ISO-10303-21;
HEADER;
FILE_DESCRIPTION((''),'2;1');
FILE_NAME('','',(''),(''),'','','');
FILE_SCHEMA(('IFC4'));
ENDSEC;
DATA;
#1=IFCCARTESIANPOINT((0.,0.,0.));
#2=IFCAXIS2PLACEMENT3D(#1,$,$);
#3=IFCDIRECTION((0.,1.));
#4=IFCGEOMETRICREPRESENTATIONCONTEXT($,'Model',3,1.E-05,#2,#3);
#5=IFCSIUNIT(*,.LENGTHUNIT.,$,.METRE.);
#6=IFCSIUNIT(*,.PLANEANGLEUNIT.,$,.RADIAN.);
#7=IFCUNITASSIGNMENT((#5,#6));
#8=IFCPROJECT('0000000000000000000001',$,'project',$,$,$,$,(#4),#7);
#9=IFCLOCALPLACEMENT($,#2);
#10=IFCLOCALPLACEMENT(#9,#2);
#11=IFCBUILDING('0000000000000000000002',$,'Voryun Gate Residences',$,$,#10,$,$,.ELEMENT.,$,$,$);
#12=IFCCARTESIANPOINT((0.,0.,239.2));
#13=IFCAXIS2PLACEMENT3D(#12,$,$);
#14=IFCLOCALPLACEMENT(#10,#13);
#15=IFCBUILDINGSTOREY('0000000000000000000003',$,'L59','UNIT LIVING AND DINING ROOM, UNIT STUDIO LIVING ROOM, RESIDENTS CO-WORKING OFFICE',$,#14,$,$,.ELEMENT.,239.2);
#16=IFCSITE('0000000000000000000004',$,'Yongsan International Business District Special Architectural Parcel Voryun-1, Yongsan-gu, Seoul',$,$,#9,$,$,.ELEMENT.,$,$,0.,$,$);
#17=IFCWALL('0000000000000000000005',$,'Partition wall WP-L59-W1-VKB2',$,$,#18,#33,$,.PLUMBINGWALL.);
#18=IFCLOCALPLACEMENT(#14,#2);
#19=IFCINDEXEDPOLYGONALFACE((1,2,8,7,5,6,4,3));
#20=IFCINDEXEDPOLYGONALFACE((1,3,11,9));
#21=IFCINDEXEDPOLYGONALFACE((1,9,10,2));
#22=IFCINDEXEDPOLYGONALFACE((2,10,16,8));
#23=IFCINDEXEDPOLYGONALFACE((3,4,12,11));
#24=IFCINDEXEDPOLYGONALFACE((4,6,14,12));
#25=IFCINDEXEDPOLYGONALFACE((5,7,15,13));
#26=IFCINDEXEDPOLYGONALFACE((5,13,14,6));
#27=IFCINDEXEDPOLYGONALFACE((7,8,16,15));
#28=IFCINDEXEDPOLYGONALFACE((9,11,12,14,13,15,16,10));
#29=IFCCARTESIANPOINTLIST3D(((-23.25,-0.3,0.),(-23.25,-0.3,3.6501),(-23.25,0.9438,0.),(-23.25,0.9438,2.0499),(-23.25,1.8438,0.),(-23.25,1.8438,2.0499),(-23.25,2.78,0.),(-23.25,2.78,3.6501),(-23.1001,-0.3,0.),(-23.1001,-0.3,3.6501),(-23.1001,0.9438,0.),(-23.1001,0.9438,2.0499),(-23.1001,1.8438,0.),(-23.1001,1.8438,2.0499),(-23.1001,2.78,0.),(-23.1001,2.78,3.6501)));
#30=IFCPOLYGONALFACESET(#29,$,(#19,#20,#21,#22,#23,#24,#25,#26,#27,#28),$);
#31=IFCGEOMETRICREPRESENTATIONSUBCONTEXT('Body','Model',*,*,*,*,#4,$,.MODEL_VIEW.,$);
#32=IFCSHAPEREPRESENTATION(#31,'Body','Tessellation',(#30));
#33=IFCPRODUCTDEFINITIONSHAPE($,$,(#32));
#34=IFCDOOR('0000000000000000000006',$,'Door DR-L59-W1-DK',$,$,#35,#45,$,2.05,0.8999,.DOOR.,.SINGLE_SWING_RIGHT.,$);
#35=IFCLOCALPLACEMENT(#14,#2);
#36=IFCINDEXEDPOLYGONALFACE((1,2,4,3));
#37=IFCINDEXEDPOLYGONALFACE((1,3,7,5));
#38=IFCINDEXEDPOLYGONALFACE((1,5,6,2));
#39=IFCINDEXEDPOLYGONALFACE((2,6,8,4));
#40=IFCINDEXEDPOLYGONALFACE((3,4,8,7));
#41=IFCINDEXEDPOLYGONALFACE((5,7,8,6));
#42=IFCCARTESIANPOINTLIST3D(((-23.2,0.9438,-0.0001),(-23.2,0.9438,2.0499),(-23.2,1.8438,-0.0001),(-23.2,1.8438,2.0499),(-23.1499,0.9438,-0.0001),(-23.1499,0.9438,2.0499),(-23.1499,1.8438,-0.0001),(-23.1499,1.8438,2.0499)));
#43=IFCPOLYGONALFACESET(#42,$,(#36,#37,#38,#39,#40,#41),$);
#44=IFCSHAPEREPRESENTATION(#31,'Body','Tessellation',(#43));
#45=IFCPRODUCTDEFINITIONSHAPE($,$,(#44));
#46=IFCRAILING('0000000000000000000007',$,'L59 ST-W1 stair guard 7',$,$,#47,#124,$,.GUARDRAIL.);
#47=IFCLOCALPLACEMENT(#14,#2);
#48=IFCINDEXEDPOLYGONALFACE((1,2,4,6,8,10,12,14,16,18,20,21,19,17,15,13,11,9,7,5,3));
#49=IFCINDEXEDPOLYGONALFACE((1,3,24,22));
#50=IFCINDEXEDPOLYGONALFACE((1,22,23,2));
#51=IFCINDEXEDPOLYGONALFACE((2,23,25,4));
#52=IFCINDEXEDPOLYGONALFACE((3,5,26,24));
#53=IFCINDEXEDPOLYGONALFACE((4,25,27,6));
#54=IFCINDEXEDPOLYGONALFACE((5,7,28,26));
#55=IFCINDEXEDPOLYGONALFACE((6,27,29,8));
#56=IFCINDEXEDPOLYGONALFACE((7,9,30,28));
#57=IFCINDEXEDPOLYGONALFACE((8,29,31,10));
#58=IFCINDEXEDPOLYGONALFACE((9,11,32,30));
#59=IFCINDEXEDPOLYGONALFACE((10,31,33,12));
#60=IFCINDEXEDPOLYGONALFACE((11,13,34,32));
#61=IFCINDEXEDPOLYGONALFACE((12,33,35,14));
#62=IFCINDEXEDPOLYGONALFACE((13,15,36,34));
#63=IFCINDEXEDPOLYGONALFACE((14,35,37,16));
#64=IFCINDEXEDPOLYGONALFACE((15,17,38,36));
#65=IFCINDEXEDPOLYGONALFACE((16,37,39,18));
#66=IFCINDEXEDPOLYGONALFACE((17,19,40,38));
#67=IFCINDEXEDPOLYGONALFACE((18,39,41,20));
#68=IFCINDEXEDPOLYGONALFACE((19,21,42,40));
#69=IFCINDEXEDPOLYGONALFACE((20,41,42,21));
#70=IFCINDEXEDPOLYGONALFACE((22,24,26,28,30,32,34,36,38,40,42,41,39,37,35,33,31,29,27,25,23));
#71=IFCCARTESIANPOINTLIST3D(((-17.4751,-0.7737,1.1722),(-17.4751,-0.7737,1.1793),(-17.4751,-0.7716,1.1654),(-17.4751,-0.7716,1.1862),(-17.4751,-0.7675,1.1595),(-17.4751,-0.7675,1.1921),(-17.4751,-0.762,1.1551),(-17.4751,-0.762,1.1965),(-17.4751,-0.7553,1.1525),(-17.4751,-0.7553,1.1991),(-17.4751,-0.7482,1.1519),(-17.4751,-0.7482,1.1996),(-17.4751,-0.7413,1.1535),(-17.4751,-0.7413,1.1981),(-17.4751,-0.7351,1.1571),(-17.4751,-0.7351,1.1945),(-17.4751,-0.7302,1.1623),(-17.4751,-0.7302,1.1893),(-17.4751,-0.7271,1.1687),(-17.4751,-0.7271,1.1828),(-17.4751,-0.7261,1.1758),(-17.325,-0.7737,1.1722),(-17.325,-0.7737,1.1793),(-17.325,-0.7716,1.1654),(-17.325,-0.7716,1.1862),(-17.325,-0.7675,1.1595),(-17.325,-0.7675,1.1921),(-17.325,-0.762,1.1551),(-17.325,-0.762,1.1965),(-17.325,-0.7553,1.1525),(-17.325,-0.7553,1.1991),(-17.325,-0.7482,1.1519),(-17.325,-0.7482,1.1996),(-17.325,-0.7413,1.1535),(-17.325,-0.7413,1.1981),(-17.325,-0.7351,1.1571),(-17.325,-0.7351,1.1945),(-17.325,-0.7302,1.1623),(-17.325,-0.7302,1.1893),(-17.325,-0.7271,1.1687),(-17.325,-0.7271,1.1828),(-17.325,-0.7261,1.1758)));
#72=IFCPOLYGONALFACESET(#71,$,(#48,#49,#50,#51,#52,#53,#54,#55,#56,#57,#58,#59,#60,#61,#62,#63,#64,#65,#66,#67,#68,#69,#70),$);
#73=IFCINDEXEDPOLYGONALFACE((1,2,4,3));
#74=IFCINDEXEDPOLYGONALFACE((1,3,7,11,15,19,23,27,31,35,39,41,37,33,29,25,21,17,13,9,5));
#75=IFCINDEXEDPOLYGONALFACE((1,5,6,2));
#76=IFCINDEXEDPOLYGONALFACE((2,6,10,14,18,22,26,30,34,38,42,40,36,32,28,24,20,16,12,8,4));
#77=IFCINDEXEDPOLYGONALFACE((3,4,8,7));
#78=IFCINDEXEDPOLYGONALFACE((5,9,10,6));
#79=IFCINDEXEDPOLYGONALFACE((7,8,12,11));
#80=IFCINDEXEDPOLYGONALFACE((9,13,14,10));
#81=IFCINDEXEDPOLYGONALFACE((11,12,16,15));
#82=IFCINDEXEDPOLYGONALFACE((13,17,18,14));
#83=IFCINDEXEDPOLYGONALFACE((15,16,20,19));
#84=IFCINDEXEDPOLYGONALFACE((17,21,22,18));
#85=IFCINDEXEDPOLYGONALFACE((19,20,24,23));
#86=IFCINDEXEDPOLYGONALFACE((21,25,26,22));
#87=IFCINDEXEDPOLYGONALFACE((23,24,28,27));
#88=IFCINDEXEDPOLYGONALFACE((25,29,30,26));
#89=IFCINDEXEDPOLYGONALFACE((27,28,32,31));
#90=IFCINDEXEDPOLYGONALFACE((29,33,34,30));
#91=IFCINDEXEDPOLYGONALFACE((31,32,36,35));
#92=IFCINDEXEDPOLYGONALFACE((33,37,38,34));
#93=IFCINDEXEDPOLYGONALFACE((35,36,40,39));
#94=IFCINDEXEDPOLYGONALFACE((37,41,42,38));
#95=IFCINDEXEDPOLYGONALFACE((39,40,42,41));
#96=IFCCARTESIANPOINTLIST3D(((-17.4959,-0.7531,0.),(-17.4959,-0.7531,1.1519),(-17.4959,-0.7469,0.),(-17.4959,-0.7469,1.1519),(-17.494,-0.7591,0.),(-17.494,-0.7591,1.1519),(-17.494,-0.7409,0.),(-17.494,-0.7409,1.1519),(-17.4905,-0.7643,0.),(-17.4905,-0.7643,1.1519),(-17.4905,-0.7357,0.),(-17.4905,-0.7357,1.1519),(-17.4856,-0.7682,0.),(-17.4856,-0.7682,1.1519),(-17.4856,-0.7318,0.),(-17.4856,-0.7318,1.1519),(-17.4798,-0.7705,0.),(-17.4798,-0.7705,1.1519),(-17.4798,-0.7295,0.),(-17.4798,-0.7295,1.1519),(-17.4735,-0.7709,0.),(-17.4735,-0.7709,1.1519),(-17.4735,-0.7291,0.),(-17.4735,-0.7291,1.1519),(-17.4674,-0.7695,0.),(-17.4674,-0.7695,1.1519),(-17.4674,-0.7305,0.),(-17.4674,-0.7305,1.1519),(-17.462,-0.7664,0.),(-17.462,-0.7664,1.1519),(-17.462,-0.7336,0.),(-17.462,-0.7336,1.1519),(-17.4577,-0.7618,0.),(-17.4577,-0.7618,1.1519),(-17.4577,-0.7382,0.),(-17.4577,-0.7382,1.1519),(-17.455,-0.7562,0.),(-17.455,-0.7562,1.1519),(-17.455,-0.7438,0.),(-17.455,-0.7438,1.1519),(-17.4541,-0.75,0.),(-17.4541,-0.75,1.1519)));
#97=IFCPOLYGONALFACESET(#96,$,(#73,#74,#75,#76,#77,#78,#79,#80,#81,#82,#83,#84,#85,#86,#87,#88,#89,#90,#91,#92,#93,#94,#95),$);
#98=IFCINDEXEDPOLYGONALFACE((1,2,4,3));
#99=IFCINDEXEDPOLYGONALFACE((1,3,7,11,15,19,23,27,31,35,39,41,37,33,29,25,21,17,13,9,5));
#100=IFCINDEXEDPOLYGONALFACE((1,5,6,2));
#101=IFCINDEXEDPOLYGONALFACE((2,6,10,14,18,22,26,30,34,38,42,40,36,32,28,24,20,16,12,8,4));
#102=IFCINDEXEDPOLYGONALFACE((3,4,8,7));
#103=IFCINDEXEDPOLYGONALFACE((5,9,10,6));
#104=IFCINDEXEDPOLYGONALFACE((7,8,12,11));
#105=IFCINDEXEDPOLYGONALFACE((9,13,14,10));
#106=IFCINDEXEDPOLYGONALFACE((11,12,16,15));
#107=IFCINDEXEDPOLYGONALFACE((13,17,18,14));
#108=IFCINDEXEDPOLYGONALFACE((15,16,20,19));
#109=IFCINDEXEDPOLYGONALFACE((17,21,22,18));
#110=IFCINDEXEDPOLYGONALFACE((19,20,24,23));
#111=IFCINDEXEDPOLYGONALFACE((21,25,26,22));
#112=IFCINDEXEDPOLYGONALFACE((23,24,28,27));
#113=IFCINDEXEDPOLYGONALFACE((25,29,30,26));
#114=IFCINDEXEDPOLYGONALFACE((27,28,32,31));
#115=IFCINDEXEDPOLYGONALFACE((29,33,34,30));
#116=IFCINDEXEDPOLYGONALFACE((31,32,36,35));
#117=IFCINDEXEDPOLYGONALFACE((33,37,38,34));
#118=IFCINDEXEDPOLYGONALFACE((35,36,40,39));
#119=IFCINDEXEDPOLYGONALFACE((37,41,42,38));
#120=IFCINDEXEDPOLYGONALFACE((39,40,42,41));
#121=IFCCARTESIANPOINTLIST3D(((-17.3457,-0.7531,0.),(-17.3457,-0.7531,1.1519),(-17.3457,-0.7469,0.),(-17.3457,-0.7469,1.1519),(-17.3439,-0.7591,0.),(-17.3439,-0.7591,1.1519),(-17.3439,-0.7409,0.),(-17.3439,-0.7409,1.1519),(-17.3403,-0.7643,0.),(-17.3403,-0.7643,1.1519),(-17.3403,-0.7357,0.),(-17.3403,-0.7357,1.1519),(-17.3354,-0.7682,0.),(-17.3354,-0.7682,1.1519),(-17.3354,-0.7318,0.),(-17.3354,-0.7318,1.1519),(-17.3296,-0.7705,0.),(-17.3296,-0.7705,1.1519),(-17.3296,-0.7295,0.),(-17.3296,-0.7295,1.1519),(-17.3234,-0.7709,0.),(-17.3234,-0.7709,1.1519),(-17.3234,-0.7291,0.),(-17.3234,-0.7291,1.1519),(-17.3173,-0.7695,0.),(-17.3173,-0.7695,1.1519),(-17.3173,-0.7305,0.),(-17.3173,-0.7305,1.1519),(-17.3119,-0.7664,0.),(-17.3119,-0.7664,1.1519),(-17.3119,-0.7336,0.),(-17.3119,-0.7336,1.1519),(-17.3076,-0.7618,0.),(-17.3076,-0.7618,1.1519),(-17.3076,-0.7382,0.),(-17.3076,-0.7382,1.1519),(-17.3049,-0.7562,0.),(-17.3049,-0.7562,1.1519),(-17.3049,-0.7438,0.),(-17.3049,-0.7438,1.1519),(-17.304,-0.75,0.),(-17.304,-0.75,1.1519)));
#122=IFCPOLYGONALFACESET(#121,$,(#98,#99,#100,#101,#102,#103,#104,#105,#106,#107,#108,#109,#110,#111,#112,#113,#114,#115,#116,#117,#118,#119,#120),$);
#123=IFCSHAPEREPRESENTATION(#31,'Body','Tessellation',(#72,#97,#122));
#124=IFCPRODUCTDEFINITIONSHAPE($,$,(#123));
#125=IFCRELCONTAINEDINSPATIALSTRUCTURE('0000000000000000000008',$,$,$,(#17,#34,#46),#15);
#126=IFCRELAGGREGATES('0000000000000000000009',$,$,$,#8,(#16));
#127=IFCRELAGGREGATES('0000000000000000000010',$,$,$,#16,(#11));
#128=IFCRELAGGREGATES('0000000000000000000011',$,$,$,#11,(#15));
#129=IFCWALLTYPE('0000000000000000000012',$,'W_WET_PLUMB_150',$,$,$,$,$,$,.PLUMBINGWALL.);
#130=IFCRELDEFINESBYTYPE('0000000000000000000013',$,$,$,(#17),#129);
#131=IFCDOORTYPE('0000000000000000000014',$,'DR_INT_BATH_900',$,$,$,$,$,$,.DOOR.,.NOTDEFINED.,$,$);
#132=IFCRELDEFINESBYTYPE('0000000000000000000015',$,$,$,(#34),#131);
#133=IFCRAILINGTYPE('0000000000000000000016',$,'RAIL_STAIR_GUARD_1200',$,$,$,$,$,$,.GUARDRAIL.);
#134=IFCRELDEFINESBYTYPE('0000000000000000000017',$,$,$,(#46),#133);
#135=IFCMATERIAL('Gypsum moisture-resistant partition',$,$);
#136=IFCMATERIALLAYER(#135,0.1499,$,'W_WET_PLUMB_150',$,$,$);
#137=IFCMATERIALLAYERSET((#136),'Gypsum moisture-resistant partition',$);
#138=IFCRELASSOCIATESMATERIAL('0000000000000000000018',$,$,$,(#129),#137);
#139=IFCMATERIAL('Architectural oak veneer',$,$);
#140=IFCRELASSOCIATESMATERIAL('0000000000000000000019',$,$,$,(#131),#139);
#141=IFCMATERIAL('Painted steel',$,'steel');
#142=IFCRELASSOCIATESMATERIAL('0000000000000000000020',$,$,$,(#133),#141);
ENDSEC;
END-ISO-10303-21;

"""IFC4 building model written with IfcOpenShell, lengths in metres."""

from ifc_helpers import new_model, si_unit, direction, frame, frame_2d, origin, origin_2d, place, context, subcontext, project, spatial, rectangle, circle, extrude, material, layer, layer_set, type_object, element, fill, save


model = new_model("IFC4")

# Units and contexts
model_context = context("Model", 3, precision=1e-05, world=origin(), true_north=direction((0.0, 1.0)))
body_context = subcontext(model_context, "Body", "Model", "MODEL_VIEW")
ifc_project = project(units=[si_unit("LENGTHUNIT", "METRE"), si_unit("PLANEANGLEUNIT", "RADIAN")], contexts=[model_context])

# Site, building, storey
site_placement = place(None, origin())
site = spatial("IfcSite", under=ifc_project, at=site_placement, Name="Yongsan International Business District Special Architectural Parcel Voryun-1, Yongsan-gu, Seoul", CompositionType="ELEMENT", RefElevation=0.0)
building_placement = place(site_placement, origin())
building = spatial("IfcBuilding", under=site, at=building_placement, Name="Voryun Gate Residences", CompositionType="ELEMENT")
storey_placement = place(building_placement, frame((0.0, 0.0, 239.2)))
storey = spatial("IfcBuildingStorey", under=building, at=storey_placement, Name="L59", Description="UNIT LIVING AND DINING ROOM, UNIT STUDIO LIVING ROOM, RESIDENTS CO-WORKING OFFICE", CompositionType="ELEMENT", Elevation=239.2)

# Shared definitions
ifc_material_1 = material(Name="Gypsum moisture-resistant partition")
ifc_layer_1 = layer(ifc_material_1, 0.1499, Name="W_WET_PLUMB_150")
ifc_layer_set_1 = layer_set([ifc_layer_1], Name="Gypsum moisture-resistant partition")
wall_type_1 = type_object("IfcWallType", Name="W_WET_PLUMB_150", PredefinedType="PLUMBINGWALL", material=ifc_layer_set_1)

# Wall, opening, door
wall_1_placement = place(storey_placement, frame((-23.175, -0.3, 0.0), z_axis=(0.0, 0.0, 1.0), x_axis=(0.0, 1.0, 0.0)))
wall_1 = element("IfcWall", 1, at=wall_1_placement, inside=storey, type_object=wall_type_1, Name="Partition wall WP-L59-W1-VKB2", PredefinedType="PLUMBINGWALL", context=body_context, shape_type="SweptSolid", body=[
    extrude(rectangle(XDim=3.0801, YDim=0.1499, at=frame_2d((1.54, 0.0))), origin(), (0.0, 0.0, 1.0), 3.6501),
])
opening_1_placement = place(wall_1_placement, frame((1.2439, 0.0, 0.0)))
opening_1 = element("IfcOpeningElement", 2, at=opening_1_placement, cuts=wall_1, PredefinedType="OPENING", context=body_context, shape_type="SweptSolid", body=[
    extrude(rectangle(XDim=0.8999, YDim=2.05, at=frame_2d((0.45, 1.0249))), frame((0.0, 0.085, 0.0), z_axis=(0.0, -1.0, 0.0), x_axis=(1.0, 0.0, 0.0)), (0.0, 0.0, 1.0), 0.1699),
])
ifc_material_2 = material(Name="Architectural oak veneer")
door_type_1 = type_object("IfcDoorType", Name="DR_INT_BATH_900", OperationType="NOTDEFINED", PredefinedType="DOOR", material=ifc_material_2)
door_1_placement = place(opening_1_placement, origin())
door_1 = element("IfcDoor", 3, at=door_1_placement, inside=storey, type_object=door_type_1, Name="Door DR-L59-W1-DK", OperationType="SINGLE_SWING_RIGHT", OverallHeight=2.05, OverallWidth=0.8999, PredefinedType="DOOR", context=body_context, shape_type="SweptSolid", body=[
    extrude(rectangle(XDim=0.8999, YDim=2.05, at=frame_2d((0.45, 1.0249))), frame((0.0, 0.0249, 0.0), z_axis=(0.0, -1.0, 0.0), x_axis=(1.0, 0.0, 0.0)), (0.0, 0.0, 1.0), 0.05),
])
fill(opening_1, door_1)

# Railing
ifc_material_3 = material(Name="Painted steel", Category="steel")
railing_type = type_object("IfcRailingType", Name="RAIL_STAIR_GUARD_1200", PredefinedType="GUARDRAIL", material=ifc_material_3)
railing_placement = place(storey_placement, frame((-17.4751, -0.75, 0.0)))
element("IfcRailing", 4, at=railing_placement, inside=storey, type_object=railing_type, Name="L59 ST-W1 stair guard 7", PredefinedType="GUARDRAIL", context=body_context, shape_type="SweptSolid", body=[
    extrude(circle(Radius=0.0239, at=origin_2d()), frame((0.0, 0.0, 1.1758), z_axis=(1.0, 0.0, 0.0), x_axis=(0.0, 1.0, 0.0)), (0.0, 0.0, 1.0), 0.1501),
    extrude(circle(Radius=0.021, at=origin_2d()), origin(), (0.0, 0.0, 1.0), 1.1519),
    extrude(circle(Radius=0.021, at=origin_2d()), frame((0.1501, 0.0, 0.0)), (0.0, 0.0, 1.0), 1.1519),
])

save(model, "model.ifc")
